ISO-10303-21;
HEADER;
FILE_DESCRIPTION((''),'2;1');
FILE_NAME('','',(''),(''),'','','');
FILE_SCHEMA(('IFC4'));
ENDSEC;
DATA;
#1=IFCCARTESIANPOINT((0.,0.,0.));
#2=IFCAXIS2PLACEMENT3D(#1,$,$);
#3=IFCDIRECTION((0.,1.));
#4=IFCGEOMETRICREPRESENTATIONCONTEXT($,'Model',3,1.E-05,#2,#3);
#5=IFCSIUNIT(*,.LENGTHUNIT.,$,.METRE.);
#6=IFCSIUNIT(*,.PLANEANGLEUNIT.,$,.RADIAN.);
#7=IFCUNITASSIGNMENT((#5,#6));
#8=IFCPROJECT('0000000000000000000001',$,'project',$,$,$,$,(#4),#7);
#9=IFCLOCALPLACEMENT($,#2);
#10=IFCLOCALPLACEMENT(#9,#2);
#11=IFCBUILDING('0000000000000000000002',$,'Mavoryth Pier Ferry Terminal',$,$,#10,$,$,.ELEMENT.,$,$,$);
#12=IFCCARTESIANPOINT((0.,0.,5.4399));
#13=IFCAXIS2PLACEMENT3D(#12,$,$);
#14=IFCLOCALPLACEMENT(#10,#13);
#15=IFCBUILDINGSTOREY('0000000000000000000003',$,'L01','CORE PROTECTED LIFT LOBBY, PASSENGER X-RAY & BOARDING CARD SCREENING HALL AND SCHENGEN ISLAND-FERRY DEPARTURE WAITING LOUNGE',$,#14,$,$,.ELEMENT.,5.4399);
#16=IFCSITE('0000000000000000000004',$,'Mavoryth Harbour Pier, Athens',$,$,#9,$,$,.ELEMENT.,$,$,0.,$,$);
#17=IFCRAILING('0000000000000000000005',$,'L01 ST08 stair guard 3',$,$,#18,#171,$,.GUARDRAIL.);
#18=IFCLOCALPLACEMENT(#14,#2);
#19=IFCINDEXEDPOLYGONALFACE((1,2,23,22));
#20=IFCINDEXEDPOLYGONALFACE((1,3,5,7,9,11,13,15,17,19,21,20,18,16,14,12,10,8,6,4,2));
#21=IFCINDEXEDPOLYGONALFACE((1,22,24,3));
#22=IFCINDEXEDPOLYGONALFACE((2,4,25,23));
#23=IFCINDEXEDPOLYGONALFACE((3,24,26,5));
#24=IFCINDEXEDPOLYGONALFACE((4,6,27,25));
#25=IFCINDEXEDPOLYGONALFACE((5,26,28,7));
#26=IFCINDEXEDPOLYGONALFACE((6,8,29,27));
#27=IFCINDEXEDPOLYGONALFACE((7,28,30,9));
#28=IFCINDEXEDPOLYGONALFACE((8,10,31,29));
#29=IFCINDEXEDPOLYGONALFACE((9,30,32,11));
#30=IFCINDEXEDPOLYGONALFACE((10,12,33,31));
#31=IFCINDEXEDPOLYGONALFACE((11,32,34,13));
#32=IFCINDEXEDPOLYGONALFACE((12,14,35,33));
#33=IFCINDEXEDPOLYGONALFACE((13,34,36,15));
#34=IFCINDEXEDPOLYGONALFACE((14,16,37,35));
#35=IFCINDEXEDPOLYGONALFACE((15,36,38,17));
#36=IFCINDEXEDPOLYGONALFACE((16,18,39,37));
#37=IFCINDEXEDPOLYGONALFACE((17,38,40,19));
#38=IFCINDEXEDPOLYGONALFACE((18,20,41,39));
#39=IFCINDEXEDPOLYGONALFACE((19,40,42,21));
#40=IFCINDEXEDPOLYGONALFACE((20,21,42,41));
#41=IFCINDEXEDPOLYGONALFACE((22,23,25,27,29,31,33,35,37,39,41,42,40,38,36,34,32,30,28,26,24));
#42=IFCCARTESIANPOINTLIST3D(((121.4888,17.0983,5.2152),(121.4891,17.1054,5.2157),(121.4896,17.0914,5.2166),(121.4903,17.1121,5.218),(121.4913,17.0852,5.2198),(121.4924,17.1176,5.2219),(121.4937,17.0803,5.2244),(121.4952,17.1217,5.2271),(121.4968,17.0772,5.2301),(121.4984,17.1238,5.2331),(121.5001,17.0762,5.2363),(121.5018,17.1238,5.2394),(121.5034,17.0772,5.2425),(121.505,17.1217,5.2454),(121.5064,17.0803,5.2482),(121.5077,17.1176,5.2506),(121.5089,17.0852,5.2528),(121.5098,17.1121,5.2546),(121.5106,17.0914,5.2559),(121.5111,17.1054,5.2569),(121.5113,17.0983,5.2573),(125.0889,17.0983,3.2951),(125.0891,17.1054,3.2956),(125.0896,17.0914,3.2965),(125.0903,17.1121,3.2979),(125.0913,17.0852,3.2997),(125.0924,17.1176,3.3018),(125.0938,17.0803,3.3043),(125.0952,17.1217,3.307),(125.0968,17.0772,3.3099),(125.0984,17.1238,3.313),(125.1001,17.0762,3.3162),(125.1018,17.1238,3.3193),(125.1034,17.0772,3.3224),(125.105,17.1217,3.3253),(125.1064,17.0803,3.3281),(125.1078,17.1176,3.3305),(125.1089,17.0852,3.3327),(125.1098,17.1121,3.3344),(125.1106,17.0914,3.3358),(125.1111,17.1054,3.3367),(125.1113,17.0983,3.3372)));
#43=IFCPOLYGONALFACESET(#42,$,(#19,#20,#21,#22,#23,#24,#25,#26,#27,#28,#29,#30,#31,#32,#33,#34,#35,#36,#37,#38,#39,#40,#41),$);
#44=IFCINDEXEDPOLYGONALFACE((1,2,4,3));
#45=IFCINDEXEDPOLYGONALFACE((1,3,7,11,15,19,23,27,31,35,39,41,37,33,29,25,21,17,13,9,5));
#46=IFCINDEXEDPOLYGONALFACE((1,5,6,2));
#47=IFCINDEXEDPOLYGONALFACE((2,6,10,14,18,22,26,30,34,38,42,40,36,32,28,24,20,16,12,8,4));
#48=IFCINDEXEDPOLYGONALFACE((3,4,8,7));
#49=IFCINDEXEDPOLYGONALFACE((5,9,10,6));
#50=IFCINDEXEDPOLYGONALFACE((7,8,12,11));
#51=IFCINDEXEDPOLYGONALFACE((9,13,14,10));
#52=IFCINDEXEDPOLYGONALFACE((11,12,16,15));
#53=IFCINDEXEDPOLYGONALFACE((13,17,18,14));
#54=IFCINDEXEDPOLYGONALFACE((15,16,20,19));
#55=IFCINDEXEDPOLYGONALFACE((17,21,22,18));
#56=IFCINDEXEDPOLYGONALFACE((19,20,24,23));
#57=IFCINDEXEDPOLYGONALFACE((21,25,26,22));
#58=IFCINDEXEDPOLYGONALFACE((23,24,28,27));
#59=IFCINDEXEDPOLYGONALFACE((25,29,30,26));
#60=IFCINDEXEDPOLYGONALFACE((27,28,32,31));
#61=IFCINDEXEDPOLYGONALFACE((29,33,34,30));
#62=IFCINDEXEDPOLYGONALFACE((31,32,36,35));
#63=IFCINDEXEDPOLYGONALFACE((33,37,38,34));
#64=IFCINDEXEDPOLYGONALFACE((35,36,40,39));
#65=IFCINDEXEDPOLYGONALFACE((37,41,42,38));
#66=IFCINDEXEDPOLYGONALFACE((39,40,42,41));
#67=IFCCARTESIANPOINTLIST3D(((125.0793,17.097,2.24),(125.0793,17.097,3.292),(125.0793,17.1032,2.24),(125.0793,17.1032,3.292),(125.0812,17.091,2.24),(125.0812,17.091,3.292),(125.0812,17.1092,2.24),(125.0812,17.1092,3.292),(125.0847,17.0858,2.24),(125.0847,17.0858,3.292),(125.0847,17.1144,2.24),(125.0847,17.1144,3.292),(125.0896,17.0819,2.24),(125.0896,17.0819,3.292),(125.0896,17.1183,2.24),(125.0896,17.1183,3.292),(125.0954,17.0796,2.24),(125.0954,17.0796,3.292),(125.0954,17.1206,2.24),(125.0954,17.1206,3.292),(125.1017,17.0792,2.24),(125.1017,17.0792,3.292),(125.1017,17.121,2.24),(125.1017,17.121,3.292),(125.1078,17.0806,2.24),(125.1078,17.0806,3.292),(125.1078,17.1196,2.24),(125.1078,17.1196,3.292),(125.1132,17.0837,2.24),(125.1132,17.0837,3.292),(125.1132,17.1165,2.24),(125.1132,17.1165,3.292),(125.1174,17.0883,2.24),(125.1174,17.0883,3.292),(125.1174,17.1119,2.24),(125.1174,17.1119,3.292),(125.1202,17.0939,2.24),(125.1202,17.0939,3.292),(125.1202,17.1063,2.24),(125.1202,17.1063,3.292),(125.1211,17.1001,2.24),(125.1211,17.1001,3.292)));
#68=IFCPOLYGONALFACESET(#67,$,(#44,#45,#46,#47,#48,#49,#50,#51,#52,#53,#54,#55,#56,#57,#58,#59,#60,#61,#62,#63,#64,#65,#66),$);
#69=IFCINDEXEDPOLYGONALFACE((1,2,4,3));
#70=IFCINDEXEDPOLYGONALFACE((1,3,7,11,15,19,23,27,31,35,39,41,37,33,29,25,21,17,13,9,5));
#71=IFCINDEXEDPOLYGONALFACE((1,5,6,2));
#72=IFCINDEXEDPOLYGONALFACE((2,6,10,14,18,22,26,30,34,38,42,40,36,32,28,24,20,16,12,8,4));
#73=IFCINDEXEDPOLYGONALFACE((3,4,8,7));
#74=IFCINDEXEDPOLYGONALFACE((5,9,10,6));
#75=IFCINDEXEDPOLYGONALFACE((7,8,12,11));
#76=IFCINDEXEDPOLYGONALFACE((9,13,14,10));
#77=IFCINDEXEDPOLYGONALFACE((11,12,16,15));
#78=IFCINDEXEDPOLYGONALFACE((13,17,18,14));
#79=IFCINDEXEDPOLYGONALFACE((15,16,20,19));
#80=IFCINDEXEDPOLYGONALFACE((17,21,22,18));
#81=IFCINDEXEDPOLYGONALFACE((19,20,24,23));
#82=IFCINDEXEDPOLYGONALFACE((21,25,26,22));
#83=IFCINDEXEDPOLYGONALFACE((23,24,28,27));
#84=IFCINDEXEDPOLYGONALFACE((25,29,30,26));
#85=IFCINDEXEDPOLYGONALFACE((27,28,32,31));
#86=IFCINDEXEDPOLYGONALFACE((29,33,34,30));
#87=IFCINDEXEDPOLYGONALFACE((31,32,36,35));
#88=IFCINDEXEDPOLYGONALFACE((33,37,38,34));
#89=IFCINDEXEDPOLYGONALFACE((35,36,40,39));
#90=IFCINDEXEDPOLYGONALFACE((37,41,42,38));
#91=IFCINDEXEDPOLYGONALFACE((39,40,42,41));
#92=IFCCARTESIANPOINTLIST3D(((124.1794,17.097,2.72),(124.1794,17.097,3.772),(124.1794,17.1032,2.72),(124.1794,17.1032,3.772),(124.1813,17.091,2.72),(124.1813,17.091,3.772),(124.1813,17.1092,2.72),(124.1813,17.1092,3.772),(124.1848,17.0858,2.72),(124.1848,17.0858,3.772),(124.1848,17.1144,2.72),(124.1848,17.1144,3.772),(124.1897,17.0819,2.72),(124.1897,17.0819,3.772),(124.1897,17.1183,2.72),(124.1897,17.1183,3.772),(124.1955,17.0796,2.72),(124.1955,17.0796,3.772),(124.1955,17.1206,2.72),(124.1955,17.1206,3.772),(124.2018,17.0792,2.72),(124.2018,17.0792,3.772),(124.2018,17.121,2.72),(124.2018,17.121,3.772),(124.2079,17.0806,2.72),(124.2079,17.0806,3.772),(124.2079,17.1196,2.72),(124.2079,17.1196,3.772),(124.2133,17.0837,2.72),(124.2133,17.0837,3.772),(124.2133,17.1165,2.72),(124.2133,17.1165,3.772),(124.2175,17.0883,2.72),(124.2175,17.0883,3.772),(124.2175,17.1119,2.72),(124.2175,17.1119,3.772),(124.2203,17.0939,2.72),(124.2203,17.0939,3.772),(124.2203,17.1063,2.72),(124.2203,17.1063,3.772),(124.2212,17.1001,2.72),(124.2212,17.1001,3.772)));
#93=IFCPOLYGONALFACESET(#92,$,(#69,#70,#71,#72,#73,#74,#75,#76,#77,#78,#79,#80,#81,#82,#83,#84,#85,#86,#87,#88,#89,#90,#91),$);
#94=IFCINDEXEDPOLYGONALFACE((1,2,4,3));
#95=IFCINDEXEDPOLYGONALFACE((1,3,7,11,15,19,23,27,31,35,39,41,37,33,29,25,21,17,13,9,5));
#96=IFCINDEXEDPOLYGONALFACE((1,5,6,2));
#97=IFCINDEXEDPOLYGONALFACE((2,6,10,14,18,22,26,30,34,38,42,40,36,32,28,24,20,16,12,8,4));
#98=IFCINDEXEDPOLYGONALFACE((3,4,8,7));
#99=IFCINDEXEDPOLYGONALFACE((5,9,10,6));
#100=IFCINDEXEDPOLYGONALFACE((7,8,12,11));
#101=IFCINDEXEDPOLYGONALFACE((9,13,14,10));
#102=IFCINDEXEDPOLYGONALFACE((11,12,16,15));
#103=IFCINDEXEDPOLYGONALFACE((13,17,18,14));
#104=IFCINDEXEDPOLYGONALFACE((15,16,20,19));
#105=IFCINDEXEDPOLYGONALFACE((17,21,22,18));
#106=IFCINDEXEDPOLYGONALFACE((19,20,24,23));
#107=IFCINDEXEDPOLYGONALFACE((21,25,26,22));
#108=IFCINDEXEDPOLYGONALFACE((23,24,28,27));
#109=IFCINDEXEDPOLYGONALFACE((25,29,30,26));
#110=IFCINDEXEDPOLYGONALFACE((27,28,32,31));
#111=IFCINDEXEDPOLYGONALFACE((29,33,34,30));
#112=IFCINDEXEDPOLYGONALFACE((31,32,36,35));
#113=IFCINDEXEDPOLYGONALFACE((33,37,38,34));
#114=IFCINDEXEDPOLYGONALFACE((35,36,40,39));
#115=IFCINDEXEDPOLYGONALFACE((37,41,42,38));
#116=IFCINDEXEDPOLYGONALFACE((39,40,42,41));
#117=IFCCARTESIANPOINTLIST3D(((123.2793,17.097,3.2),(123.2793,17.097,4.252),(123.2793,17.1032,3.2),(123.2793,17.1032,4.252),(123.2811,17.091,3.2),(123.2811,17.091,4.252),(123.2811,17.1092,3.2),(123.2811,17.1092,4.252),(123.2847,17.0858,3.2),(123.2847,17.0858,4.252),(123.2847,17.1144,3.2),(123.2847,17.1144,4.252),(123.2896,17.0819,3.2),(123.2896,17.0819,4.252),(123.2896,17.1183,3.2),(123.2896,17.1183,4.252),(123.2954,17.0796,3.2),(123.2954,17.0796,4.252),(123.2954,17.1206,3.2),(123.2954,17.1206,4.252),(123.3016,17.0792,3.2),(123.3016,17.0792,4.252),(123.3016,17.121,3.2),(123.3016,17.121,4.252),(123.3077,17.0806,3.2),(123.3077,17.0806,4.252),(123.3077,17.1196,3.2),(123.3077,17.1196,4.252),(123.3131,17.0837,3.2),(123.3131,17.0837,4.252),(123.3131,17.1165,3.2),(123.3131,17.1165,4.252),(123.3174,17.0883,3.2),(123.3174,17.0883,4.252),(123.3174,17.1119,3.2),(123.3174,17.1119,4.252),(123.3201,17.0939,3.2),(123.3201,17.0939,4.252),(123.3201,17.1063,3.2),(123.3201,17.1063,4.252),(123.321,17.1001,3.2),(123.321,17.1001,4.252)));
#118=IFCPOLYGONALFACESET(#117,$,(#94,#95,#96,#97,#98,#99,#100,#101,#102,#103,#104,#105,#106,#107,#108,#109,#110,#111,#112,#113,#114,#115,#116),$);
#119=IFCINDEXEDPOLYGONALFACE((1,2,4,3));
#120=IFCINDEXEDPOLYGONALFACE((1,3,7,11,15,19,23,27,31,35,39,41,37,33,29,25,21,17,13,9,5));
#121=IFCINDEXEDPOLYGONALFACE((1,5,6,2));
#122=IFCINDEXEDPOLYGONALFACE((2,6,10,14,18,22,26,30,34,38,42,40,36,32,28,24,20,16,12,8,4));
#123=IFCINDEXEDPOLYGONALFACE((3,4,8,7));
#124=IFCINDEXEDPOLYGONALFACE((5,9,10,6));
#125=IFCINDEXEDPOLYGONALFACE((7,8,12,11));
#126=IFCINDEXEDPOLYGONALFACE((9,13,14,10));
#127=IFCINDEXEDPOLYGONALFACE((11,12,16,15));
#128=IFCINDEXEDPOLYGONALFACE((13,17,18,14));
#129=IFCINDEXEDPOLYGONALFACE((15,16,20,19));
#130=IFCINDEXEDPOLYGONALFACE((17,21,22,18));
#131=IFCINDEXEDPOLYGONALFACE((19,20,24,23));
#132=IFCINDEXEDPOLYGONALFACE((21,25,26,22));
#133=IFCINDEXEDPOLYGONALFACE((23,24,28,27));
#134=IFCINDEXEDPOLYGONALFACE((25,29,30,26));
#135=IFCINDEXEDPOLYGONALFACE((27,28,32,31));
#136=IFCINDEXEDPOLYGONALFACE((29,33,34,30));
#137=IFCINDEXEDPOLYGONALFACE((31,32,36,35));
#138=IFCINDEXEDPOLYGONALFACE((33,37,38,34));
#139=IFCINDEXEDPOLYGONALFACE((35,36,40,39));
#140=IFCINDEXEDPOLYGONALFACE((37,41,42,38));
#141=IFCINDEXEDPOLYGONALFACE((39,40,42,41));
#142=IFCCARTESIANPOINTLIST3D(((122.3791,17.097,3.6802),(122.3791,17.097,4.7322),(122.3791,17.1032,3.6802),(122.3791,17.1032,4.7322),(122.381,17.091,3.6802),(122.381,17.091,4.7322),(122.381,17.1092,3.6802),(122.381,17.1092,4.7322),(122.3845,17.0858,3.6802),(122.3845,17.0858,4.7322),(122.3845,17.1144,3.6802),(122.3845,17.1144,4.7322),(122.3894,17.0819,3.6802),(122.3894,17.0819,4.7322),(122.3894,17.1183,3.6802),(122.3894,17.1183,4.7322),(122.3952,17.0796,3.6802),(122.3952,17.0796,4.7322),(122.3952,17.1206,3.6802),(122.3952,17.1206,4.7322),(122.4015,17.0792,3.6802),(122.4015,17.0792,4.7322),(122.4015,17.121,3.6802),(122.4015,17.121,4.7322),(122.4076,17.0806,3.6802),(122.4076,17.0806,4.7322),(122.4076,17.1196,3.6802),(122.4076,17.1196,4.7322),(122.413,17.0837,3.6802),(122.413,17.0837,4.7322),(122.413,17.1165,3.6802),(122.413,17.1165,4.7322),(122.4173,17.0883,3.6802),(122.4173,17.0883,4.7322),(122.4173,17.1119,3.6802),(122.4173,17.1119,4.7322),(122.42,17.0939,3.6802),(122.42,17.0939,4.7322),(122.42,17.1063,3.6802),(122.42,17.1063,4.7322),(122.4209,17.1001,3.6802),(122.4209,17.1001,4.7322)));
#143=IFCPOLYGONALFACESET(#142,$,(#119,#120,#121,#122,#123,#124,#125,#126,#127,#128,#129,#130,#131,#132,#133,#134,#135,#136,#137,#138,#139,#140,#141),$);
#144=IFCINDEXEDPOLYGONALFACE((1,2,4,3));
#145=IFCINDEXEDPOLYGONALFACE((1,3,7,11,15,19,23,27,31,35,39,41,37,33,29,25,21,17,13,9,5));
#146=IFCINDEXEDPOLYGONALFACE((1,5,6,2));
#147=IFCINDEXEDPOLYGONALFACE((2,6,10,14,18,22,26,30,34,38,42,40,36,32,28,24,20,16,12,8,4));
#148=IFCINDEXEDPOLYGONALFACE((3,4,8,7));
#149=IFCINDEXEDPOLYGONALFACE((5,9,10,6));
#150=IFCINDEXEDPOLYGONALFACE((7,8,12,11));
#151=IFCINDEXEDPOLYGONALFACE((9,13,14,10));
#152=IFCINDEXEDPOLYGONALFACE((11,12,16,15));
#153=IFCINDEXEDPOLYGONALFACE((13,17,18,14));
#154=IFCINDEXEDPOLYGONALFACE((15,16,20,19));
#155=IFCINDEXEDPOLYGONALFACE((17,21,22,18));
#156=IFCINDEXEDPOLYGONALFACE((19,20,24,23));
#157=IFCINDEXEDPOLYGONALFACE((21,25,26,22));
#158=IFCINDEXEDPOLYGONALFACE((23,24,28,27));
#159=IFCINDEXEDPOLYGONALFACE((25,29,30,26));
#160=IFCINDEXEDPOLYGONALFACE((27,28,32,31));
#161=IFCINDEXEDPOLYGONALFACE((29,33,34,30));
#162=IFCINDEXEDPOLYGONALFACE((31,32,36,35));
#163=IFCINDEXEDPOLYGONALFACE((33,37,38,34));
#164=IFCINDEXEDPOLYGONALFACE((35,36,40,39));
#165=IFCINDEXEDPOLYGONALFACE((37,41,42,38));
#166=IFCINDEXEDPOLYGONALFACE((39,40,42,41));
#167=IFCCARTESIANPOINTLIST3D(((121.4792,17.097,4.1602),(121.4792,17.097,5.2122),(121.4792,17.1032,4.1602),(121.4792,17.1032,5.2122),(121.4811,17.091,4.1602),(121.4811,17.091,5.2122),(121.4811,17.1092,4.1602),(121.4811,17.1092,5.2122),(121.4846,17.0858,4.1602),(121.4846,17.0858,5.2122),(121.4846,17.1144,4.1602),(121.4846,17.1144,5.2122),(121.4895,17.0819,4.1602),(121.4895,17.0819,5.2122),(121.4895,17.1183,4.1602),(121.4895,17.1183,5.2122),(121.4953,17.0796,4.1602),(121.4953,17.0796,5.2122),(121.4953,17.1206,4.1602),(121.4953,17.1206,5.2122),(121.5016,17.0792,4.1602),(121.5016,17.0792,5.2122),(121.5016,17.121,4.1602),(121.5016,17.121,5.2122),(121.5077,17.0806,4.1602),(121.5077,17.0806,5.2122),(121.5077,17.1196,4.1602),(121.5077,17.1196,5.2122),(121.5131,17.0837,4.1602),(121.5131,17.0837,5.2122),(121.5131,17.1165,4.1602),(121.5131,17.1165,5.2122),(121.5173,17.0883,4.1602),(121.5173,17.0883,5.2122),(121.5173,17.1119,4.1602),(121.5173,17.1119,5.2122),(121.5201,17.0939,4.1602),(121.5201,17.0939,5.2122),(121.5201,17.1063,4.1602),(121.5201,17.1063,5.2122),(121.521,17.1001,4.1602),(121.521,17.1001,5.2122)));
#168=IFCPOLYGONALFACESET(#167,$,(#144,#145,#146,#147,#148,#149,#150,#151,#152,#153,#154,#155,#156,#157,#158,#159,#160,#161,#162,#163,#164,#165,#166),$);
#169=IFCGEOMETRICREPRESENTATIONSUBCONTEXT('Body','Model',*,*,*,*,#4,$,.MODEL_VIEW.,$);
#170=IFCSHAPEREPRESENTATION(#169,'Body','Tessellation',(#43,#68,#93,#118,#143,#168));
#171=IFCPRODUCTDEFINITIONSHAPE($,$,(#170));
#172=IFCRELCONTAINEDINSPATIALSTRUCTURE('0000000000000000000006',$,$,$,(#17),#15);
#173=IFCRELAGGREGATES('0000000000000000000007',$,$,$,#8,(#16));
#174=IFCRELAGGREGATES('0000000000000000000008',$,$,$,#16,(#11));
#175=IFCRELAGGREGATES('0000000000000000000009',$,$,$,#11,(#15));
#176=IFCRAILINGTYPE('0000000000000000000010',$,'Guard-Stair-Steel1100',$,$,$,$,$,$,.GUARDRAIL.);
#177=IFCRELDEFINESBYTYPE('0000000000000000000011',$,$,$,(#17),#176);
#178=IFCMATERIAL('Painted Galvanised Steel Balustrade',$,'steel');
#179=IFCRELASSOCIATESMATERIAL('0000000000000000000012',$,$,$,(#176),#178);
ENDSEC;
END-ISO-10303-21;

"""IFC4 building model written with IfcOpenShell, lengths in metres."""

from ifc_helpers import new_model, si_unit, direction, frame, origin, origin_2d, place, context, subcontext, project, spatial, circle, extrude, material, type_object, element, save


model = new_model("IFC4")

# Units and contexts
model_context = context("Model", 3, precision=1e-05, world=origin(), true_north=direction((0.0, 1.0)))
body_context = subcontext(model_context, "Body", "Model", "MODEL_VIEW")
ifc_project = project(units=[si_unit("LENGTHUNIT", "METRE"), si_unit("PLANEANGLEUNIT", "RADIAN")], contexts=[model_context])

# Site, building, storey
site_placement = place(None, origin())
site = spatial("IfcSite", under=ifc_project, at=site_placement, Name="Mavoryth Harbour Pier, Athens", CompositionType="ELEMENT", RefElevation=0.0)
building_placement = place(site_placement, origin())
building = spatial("IfcBuilding", under=site, at=building_placement, Name="Mavoryth Pier Ferry Terminal", CompositionType="ELEMENT")
storey_placement = place(building_placement, frame((0.0, 0.0, 5.4399)))
storey = spatial("IfcBuildingStorey", under=building, at=storey_placement, Name="L01", Description="CORE PROTECTED LIFT LOBBY, PASSENGER X-RAY & BOARDING CARD SCREENING HALL AND SCHENGEN ISLAND-FERRY DEPARTURE WAITING LOUNGE", CompositionType="ELEMENT", Elevation=5.4399)

# Railing
ifc_material_1 = material(Name="Painted Galvanised Steel Balustrade", Category="steel")
railing_type_1 = type_object("IfcRailingType", Name="Guard-Stair-Steel1100", PredefinedType="GUARDRAIL", material=ifc_material_1)
railing_1_placement = place(storey_placement, frame((125.1001, 17.1001, 2.24)))
element("IfcRailing", 1, at=railing_1_placement, inside=storey, type_object=railing_type_1, Name="L01 ST08 stair guard 3", PredefinedType="GUARDRAIL", context=body_context, shape_type="SweptSolid", body=[
    extrude(circle(Radius=0.0239, at=origin_2d()), frame((0.0, 0.0, 1.0762), z_axis=(-0.882341, 0.0, 0.47061), x_axis=(0.0, -1.0, 0.0)), (0.0, 0.0, 1.0), 4.0801),
    extrude(circle(Radius=0.021, at=origin_2d()), origin(), (0.0, 0.0, 1.0), 1.052),
    extrude(circle(Radius=0.021, at=origin_2d()), frame((-0.8999, 0.0, 0.48)), (0.0, 0.0, 1.0), 1.052),
    extrude(circle(Radius=0.021, at=origin_2d()), frame((-1.8, 0.0, 0.96)), (0.0, 0.0, 1.0), 1.052),
    extrude(circle(Radius=0.021, at=origin_2d()), frame((-2.7002, 0.0, 1.4402)), (0.0, 0.0, 1.0), 1.052),
    extrude(circle(Radius=0.021, at=origin_2d()), frame((-3.6001, 0.0, 1.9202)), (0.0, 0.0, 1.0), 1.052),
])

save(model, "model.ifc")
